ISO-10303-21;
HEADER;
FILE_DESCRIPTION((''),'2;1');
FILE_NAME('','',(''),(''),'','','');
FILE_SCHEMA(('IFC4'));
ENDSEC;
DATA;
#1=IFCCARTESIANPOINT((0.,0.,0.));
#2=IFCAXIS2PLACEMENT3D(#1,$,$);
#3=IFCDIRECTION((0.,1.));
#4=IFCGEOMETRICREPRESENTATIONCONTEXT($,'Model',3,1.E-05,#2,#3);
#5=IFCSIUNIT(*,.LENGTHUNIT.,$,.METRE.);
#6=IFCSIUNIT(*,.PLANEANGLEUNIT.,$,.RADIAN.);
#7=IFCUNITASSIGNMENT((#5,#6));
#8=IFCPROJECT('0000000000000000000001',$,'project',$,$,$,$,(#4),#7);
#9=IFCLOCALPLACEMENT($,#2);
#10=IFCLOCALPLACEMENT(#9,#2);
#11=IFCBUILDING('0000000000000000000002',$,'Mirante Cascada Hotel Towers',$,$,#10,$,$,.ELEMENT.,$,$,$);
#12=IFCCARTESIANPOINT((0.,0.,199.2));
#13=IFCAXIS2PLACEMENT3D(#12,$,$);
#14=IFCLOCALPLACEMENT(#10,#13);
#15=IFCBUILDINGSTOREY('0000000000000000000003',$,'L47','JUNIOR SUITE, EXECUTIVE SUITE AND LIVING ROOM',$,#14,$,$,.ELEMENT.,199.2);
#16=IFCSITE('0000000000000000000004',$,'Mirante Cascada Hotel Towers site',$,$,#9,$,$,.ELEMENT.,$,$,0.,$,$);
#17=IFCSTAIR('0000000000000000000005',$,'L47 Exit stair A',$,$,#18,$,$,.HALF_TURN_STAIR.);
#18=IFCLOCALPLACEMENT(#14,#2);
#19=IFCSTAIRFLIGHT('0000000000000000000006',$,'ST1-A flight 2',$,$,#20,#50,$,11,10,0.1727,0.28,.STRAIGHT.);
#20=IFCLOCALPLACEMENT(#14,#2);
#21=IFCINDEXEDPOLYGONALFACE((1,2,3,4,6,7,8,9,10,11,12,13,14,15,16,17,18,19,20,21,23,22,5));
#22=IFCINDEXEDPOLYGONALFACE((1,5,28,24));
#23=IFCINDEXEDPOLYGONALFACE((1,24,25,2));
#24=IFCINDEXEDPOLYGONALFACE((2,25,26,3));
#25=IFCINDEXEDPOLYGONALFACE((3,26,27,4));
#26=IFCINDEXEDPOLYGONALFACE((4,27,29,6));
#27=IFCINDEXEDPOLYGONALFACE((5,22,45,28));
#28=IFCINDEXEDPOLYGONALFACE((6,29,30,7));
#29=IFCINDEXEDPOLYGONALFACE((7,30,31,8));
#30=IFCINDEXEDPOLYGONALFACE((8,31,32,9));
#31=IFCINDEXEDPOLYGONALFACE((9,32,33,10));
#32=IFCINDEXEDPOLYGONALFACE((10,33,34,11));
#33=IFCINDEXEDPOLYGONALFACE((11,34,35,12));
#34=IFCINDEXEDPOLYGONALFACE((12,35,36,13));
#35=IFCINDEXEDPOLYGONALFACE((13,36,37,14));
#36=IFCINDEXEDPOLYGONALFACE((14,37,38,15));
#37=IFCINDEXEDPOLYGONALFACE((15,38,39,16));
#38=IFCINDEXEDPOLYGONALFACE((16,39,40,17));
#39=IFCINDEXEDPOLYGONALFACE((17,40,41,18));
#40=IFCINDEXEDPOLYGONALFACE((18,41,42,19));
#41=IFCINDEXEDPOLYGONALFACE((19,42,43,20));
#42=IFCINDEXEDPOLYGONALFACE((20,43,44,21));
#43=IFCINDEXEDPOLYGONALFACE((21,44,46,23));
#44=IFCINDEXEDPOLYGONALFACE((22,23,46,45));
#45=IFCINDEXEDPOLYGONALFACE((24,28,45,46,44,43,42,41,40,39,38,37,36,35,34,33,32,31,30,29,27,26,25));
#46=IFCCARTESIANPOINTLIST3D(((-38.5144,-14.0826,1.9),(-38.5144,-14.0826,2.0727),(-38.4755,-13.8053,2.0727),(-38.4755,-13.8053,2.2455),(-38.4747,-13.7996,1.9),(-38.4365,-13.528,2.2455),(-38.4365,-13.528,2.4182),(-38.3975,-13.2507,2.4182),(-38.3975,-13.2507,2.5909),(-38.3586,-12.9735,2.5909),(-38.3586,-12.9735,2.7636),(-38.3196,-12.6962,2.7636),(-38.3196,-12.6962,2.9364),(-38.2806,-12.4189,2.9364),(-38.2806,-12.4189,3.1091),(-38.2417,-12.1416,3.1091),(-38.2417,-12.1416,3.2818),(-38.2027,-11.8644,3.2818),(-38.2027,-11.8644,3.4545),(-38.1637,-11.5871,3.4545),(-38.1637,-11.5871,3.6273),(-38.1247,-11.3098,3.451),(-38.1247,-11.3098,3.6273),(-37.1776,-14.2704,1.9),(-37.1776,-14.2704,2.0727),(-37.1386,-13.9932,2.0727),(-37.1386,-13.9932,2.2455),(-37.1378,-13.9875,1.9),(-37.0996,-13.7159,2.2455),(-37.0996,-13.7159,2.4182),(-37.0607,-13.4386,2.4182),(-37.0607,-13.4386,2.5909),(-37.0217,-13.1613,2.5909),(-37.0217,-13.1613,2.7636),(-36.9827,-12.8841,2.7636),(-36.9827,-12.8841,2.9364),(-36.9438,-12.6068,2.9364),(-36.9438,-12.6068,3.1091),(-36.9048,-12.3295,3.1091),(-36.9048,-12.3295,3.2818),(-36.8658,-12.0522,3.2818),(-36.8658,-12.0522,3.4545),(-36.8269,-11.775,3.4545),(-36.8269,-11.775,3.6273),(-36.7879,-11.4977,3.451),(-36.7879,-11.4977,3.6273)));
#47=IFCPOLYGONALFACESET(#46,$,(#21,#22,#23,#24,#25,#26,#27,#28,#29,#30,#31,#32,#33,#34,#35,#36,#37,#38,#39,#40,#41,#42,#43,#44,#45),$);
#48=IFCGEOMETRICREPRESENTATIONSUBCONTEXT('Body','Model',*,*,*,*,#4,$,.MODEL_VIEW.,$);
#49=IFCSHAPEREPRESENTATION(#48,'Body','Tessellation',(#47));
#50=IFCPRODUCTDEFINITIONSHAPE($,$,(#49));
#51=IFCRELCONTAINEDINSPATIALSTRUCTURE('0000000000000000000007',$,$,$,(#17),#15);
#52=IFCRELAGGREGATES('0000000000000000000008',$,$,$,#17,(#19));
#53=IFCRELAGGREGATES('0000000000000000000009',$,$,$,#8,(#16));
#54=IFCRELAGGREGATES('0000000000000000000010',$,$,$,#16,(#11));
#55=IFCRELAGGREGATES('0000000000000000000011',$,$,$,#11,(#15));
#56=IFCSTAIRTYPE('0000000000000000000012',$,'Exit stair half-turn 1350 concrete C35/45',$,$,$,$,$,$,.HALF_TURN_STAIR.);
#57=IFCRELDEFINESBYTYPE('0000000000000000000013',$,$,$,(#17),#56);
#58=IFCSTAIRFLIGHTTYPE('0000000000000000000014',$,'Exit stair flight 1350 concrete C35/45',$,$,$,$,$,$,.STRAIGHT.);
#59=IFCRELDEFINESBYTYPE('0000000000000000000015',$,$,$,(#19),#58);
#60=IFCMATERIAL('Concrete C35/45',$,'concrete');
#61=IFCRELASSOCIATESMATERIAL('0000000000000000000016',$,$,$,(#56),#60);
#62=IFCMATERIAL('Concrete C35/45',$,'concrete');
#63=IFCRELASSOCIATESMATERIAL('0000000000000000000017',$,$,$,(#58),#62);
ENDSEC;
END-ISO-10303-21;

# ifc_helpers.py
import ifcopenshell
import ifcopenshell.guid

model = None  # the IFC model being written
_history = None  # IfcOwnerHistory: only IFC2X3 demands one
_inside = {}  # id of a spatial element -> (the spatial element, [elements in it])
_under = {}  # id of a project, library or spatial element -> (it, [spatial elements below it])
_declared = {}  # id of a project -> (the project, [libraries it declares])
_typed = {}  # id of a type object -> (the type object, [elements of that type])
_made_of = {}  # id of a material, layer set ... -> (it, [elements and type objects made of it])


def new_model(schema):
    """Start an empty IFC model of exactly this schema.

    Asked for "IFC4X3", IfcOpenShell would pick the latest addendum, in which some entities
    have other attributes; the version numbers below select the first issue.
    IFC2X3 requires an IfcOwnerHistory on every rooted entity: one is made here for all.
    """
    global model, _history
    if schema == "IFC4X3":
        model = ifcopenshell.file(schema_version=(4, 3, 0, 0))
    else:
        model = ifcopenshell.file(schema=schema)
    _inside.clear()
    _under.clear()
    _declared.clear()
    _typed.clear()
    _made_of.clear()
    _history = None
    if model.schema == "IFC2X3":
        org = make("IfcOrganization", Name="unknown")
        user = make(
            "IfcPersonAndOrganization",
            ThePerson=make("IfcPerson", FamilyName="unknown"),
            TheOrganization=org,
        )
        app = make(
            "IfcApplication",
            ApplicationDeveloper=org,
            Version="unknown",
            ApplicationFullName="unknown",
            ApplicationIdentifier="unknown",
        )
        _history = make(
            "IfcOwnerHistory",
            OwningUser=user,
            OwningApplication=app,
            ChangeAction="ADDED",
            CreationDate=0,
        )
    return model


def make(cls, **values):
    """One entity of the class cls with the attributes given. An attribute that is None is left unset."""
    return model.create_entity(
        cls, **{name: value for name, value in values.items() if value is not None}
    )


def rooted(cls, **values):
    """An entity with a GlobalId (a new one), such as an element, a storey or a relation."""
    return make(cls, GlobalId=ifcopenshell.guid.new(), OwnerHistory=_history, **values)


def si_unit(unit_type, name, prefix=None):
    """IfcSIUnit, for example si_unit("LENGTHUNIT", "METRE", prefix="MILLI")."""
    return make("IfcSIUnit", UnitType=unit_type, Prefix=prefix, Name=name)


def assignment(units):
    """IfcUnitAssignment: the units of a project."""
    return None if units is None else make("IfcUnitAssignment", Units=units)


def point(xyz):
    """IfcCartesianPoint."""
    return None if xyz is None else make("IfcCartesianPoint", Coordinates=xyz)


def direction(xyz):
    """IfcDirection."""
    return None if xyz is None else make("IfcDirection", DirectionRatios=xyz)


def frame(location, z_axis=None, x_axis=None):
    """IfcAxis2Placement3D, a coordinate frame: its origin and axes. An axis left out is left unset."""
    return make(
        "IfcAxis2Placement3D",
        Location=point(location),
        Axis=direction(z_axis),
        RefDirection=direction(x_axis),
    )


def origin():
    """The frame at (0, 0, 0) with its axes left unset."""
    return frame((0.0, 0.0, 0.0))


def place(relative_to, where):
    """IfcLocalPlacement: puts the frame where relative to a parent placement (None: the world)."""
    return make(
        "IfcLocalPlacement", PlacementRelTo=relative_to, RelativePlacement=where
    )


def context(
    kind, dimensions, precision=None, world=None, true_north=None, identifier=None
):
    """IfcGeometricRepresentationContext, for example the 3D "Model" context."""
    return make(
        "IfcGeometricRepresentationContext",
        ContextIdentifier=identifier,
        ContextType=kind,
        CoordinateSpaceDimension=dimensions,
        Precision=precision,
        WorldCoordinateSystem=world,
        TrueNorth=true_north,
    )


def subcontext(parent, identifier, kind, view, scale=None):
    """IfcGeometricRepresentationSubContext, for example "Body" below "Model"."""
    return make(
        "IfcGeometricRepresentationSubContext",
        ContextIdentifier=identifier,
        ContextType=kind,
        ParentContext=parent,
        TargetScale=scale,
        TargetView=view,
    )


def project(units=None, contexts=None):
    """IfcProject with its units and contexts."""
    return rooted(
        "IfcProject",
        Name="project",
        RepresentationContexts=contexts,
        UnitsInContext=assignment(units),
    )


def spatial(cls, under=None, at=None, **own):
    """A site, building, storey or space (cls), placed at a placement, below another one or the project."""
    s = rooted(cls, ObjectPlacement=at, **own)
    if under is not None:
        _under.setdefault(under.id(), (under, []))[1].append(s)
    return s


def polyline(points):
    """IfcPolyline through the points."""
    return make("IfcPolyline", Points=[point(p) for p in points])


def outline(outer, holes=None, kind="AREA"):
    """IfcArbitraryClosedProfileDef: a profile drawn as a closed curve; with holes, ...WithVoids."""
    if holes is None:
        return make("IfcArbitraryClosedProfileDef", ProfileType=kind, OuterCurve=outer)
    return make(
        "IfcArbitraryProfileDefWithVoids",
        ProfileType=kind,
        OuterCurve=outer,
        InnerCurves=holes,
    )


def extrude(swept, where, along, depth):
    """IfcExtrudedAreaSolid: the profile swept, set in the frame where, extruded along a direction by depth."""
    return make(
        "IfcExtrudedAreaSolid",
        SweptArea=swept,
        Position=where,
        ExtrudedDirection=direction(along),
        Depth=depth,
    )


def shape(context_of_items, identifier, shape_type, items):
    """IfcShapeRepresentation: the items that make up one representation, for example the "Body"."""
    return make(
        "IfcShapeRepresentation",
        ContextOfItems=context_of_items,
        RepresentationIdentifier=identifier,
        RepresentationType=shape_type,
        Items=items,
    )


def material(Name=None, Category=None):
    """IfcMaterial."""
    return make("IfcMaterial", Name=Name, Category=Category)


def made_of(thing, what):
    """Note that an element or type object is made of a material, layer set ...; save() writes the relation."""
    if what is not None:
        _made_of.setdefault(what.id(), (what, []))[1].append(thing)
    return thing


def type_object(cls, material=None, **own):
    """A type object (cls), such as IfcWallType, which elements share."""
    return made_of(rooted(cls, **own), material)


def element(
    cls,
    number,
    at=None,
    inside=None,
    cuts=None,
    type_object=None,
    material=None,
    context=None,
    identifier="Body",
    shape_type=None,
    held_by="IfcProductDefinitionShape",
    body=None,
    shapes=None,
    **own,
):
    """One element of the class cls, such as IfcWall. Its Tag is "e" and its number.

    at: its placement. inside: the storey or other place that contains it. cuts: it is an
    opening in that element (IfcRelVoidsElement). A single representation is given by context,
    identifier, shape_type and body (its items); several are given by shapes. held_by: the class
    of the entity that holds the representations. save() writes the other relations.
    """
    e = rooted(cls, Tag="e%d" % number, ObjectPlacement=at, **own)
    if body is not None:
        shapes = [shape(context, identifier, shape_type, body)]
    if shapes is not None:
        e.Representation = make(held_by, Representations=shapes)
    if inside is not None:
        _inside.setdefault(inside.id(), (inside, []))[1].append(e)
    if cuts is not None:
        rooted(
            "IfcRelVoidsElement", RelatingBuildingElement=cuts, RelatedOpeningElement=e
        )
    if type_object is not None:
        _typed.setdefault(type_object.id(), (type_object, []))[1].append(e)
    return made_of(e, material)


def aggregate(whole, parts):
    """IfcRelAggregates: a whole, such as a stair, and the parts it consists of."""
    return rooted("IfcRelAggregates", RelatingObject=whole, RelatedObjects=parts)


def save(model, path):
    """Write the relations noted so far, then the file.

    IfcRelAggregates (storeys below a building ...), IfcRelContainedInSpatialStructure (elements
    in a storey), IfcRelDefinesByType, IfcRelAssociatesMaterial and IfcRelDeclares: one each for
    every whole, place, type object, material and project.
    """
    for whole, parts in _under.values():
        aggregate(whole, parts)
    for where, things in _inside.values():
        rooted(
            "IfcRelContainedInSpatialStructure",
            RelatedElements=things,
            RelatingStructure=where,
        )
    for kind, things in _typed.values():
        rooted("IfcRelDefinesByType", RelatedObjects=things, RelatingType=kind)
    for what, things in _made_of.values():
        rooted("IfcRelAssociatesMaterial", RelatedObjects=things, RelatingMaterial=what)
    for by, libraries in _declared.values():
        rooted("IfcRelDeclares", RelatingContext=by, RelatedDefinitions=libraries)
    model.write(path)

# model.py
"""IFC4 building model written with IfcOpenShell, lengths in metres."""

from ifc_helpers import new_model, si_unit, direction, frame, origin, place, context, subcontext, project, spatial, polyline, outline, extrude, material, type_object, element, aggregate, save


model = new_model("IFC4")

# Units and contexts
model_context = context("Model", 3, precision=1e-05, world=origin(), true_north=direction((0.0, 1.0)))
body_context = subcontext(model_context, "Body", "Model", "MODEL_VIEW")
ifc_project = project(units=[si_unit("LENGTHUNIT", "METRE"), si_unit("PLANEANGLEUNIT", "RADIAN")], contexts=[model_context])

# Site, building, storey
site_placement = place(None, origin())
site = spatial("IfcSite", under=ifc_project, at=site_placement, Name="Mirante Cascada Hotel Towers site", CompositionType="ELEMENT", RefElevation=0.0)
building_placement = place(site_placement, origin())
building = spatial("IfcBuilding", under=site, at=building_placement, Name="Mirante Cascada Hotel Towers", CompositionType="ELEMENT")
storey_placement = place(building_placement, frame((0.0, 0.0, 199.2)))
storey = spatial("IfcBuildingStorey", under=building, at=storey_placement, Name="L47", Description="JUNIOR SUITE, EXECUTIVE SUITE AND LIVING ROOM", CompositionType="ELEMENT", Elevation=199.2)

# Stair, stair flight
ifc_material_1 = material(Name="Concrete C35/45", Category="concrete")
stair_type = type_object("IfcStairType", Name="Exit stair half-turn 1350 concrete C35/45", PredefinedType="HALF_TURN_STAIR", material=ifc_material_1)
stair_placement = place(storey_placement, origin())
stair = element("IfcStair", 1, at=stair_placement, inside=storey, type_object=stair_type, Name="L47 Exit stair A", PredefinedType="HALF_TURN_STAIR")
ifc_material_2 = material(Name="Concrete C35/45", Category="concrete")
stair_flight_type = type_object("IfcStairFlightType", Name="Exit stair flight 1350 concrete C35/45", PredefinedType="STRAIGHT", material=ifc_material_2)
stair_flight_placement = place(storey_placement, frame((-37.846, -14.1765, 1.9), z_axis=(0.0, 0.0, 1.0), x_axis=(0.139173, 0.990268, 0.0)))
stair_flight = element("IfcStairFlight", 2, at=stair_flight_placement, type_object=stair_flight_type, Name="ST1-A flight 2", NumberOfRisers=11, NumberOfTreads=10, PredefinedType="STRAIGHT", RiserHeight=0.1727, TreadLength=0.28, context=body_context, shape_type="SweptSolid", body=[
    extrude(outline(polyline([(0.0, 0.0), (0.0, 0.1727), (0.28, 0.1727), (0.28, 0.3455), (0.56, 0.3455), (0.56, 0.5182), (0.84, 0.5182), (0.84, 0.6909), (1.12, 0.6909), (1.12, 0.8636), (1.4, 0.8636), (1.4, 1.0364), (1.68, 1.0364), (1.68, 1.2091), (1.96, 1.2091), (1.96, 1.3818), (2.24, 1.3818), (2.24, 1.5545), (2.52, 1.5545), (2.52, 1.7273), (2.8, 1.7273), (2.8, 1.9), (2.8, 1.551), (0.2857, 0.0), (0.0, 0.0)])), frame((0.0, 0.675, 0.0), z_axis=(0.0, -1.0, 0.0), x_axis=(1.0, 0.0, 0.0)), (0.0, 0.0, 1.0), 1.35),
])
aggregate(stair, [stair_flight])

save(model, "model.ifc")
